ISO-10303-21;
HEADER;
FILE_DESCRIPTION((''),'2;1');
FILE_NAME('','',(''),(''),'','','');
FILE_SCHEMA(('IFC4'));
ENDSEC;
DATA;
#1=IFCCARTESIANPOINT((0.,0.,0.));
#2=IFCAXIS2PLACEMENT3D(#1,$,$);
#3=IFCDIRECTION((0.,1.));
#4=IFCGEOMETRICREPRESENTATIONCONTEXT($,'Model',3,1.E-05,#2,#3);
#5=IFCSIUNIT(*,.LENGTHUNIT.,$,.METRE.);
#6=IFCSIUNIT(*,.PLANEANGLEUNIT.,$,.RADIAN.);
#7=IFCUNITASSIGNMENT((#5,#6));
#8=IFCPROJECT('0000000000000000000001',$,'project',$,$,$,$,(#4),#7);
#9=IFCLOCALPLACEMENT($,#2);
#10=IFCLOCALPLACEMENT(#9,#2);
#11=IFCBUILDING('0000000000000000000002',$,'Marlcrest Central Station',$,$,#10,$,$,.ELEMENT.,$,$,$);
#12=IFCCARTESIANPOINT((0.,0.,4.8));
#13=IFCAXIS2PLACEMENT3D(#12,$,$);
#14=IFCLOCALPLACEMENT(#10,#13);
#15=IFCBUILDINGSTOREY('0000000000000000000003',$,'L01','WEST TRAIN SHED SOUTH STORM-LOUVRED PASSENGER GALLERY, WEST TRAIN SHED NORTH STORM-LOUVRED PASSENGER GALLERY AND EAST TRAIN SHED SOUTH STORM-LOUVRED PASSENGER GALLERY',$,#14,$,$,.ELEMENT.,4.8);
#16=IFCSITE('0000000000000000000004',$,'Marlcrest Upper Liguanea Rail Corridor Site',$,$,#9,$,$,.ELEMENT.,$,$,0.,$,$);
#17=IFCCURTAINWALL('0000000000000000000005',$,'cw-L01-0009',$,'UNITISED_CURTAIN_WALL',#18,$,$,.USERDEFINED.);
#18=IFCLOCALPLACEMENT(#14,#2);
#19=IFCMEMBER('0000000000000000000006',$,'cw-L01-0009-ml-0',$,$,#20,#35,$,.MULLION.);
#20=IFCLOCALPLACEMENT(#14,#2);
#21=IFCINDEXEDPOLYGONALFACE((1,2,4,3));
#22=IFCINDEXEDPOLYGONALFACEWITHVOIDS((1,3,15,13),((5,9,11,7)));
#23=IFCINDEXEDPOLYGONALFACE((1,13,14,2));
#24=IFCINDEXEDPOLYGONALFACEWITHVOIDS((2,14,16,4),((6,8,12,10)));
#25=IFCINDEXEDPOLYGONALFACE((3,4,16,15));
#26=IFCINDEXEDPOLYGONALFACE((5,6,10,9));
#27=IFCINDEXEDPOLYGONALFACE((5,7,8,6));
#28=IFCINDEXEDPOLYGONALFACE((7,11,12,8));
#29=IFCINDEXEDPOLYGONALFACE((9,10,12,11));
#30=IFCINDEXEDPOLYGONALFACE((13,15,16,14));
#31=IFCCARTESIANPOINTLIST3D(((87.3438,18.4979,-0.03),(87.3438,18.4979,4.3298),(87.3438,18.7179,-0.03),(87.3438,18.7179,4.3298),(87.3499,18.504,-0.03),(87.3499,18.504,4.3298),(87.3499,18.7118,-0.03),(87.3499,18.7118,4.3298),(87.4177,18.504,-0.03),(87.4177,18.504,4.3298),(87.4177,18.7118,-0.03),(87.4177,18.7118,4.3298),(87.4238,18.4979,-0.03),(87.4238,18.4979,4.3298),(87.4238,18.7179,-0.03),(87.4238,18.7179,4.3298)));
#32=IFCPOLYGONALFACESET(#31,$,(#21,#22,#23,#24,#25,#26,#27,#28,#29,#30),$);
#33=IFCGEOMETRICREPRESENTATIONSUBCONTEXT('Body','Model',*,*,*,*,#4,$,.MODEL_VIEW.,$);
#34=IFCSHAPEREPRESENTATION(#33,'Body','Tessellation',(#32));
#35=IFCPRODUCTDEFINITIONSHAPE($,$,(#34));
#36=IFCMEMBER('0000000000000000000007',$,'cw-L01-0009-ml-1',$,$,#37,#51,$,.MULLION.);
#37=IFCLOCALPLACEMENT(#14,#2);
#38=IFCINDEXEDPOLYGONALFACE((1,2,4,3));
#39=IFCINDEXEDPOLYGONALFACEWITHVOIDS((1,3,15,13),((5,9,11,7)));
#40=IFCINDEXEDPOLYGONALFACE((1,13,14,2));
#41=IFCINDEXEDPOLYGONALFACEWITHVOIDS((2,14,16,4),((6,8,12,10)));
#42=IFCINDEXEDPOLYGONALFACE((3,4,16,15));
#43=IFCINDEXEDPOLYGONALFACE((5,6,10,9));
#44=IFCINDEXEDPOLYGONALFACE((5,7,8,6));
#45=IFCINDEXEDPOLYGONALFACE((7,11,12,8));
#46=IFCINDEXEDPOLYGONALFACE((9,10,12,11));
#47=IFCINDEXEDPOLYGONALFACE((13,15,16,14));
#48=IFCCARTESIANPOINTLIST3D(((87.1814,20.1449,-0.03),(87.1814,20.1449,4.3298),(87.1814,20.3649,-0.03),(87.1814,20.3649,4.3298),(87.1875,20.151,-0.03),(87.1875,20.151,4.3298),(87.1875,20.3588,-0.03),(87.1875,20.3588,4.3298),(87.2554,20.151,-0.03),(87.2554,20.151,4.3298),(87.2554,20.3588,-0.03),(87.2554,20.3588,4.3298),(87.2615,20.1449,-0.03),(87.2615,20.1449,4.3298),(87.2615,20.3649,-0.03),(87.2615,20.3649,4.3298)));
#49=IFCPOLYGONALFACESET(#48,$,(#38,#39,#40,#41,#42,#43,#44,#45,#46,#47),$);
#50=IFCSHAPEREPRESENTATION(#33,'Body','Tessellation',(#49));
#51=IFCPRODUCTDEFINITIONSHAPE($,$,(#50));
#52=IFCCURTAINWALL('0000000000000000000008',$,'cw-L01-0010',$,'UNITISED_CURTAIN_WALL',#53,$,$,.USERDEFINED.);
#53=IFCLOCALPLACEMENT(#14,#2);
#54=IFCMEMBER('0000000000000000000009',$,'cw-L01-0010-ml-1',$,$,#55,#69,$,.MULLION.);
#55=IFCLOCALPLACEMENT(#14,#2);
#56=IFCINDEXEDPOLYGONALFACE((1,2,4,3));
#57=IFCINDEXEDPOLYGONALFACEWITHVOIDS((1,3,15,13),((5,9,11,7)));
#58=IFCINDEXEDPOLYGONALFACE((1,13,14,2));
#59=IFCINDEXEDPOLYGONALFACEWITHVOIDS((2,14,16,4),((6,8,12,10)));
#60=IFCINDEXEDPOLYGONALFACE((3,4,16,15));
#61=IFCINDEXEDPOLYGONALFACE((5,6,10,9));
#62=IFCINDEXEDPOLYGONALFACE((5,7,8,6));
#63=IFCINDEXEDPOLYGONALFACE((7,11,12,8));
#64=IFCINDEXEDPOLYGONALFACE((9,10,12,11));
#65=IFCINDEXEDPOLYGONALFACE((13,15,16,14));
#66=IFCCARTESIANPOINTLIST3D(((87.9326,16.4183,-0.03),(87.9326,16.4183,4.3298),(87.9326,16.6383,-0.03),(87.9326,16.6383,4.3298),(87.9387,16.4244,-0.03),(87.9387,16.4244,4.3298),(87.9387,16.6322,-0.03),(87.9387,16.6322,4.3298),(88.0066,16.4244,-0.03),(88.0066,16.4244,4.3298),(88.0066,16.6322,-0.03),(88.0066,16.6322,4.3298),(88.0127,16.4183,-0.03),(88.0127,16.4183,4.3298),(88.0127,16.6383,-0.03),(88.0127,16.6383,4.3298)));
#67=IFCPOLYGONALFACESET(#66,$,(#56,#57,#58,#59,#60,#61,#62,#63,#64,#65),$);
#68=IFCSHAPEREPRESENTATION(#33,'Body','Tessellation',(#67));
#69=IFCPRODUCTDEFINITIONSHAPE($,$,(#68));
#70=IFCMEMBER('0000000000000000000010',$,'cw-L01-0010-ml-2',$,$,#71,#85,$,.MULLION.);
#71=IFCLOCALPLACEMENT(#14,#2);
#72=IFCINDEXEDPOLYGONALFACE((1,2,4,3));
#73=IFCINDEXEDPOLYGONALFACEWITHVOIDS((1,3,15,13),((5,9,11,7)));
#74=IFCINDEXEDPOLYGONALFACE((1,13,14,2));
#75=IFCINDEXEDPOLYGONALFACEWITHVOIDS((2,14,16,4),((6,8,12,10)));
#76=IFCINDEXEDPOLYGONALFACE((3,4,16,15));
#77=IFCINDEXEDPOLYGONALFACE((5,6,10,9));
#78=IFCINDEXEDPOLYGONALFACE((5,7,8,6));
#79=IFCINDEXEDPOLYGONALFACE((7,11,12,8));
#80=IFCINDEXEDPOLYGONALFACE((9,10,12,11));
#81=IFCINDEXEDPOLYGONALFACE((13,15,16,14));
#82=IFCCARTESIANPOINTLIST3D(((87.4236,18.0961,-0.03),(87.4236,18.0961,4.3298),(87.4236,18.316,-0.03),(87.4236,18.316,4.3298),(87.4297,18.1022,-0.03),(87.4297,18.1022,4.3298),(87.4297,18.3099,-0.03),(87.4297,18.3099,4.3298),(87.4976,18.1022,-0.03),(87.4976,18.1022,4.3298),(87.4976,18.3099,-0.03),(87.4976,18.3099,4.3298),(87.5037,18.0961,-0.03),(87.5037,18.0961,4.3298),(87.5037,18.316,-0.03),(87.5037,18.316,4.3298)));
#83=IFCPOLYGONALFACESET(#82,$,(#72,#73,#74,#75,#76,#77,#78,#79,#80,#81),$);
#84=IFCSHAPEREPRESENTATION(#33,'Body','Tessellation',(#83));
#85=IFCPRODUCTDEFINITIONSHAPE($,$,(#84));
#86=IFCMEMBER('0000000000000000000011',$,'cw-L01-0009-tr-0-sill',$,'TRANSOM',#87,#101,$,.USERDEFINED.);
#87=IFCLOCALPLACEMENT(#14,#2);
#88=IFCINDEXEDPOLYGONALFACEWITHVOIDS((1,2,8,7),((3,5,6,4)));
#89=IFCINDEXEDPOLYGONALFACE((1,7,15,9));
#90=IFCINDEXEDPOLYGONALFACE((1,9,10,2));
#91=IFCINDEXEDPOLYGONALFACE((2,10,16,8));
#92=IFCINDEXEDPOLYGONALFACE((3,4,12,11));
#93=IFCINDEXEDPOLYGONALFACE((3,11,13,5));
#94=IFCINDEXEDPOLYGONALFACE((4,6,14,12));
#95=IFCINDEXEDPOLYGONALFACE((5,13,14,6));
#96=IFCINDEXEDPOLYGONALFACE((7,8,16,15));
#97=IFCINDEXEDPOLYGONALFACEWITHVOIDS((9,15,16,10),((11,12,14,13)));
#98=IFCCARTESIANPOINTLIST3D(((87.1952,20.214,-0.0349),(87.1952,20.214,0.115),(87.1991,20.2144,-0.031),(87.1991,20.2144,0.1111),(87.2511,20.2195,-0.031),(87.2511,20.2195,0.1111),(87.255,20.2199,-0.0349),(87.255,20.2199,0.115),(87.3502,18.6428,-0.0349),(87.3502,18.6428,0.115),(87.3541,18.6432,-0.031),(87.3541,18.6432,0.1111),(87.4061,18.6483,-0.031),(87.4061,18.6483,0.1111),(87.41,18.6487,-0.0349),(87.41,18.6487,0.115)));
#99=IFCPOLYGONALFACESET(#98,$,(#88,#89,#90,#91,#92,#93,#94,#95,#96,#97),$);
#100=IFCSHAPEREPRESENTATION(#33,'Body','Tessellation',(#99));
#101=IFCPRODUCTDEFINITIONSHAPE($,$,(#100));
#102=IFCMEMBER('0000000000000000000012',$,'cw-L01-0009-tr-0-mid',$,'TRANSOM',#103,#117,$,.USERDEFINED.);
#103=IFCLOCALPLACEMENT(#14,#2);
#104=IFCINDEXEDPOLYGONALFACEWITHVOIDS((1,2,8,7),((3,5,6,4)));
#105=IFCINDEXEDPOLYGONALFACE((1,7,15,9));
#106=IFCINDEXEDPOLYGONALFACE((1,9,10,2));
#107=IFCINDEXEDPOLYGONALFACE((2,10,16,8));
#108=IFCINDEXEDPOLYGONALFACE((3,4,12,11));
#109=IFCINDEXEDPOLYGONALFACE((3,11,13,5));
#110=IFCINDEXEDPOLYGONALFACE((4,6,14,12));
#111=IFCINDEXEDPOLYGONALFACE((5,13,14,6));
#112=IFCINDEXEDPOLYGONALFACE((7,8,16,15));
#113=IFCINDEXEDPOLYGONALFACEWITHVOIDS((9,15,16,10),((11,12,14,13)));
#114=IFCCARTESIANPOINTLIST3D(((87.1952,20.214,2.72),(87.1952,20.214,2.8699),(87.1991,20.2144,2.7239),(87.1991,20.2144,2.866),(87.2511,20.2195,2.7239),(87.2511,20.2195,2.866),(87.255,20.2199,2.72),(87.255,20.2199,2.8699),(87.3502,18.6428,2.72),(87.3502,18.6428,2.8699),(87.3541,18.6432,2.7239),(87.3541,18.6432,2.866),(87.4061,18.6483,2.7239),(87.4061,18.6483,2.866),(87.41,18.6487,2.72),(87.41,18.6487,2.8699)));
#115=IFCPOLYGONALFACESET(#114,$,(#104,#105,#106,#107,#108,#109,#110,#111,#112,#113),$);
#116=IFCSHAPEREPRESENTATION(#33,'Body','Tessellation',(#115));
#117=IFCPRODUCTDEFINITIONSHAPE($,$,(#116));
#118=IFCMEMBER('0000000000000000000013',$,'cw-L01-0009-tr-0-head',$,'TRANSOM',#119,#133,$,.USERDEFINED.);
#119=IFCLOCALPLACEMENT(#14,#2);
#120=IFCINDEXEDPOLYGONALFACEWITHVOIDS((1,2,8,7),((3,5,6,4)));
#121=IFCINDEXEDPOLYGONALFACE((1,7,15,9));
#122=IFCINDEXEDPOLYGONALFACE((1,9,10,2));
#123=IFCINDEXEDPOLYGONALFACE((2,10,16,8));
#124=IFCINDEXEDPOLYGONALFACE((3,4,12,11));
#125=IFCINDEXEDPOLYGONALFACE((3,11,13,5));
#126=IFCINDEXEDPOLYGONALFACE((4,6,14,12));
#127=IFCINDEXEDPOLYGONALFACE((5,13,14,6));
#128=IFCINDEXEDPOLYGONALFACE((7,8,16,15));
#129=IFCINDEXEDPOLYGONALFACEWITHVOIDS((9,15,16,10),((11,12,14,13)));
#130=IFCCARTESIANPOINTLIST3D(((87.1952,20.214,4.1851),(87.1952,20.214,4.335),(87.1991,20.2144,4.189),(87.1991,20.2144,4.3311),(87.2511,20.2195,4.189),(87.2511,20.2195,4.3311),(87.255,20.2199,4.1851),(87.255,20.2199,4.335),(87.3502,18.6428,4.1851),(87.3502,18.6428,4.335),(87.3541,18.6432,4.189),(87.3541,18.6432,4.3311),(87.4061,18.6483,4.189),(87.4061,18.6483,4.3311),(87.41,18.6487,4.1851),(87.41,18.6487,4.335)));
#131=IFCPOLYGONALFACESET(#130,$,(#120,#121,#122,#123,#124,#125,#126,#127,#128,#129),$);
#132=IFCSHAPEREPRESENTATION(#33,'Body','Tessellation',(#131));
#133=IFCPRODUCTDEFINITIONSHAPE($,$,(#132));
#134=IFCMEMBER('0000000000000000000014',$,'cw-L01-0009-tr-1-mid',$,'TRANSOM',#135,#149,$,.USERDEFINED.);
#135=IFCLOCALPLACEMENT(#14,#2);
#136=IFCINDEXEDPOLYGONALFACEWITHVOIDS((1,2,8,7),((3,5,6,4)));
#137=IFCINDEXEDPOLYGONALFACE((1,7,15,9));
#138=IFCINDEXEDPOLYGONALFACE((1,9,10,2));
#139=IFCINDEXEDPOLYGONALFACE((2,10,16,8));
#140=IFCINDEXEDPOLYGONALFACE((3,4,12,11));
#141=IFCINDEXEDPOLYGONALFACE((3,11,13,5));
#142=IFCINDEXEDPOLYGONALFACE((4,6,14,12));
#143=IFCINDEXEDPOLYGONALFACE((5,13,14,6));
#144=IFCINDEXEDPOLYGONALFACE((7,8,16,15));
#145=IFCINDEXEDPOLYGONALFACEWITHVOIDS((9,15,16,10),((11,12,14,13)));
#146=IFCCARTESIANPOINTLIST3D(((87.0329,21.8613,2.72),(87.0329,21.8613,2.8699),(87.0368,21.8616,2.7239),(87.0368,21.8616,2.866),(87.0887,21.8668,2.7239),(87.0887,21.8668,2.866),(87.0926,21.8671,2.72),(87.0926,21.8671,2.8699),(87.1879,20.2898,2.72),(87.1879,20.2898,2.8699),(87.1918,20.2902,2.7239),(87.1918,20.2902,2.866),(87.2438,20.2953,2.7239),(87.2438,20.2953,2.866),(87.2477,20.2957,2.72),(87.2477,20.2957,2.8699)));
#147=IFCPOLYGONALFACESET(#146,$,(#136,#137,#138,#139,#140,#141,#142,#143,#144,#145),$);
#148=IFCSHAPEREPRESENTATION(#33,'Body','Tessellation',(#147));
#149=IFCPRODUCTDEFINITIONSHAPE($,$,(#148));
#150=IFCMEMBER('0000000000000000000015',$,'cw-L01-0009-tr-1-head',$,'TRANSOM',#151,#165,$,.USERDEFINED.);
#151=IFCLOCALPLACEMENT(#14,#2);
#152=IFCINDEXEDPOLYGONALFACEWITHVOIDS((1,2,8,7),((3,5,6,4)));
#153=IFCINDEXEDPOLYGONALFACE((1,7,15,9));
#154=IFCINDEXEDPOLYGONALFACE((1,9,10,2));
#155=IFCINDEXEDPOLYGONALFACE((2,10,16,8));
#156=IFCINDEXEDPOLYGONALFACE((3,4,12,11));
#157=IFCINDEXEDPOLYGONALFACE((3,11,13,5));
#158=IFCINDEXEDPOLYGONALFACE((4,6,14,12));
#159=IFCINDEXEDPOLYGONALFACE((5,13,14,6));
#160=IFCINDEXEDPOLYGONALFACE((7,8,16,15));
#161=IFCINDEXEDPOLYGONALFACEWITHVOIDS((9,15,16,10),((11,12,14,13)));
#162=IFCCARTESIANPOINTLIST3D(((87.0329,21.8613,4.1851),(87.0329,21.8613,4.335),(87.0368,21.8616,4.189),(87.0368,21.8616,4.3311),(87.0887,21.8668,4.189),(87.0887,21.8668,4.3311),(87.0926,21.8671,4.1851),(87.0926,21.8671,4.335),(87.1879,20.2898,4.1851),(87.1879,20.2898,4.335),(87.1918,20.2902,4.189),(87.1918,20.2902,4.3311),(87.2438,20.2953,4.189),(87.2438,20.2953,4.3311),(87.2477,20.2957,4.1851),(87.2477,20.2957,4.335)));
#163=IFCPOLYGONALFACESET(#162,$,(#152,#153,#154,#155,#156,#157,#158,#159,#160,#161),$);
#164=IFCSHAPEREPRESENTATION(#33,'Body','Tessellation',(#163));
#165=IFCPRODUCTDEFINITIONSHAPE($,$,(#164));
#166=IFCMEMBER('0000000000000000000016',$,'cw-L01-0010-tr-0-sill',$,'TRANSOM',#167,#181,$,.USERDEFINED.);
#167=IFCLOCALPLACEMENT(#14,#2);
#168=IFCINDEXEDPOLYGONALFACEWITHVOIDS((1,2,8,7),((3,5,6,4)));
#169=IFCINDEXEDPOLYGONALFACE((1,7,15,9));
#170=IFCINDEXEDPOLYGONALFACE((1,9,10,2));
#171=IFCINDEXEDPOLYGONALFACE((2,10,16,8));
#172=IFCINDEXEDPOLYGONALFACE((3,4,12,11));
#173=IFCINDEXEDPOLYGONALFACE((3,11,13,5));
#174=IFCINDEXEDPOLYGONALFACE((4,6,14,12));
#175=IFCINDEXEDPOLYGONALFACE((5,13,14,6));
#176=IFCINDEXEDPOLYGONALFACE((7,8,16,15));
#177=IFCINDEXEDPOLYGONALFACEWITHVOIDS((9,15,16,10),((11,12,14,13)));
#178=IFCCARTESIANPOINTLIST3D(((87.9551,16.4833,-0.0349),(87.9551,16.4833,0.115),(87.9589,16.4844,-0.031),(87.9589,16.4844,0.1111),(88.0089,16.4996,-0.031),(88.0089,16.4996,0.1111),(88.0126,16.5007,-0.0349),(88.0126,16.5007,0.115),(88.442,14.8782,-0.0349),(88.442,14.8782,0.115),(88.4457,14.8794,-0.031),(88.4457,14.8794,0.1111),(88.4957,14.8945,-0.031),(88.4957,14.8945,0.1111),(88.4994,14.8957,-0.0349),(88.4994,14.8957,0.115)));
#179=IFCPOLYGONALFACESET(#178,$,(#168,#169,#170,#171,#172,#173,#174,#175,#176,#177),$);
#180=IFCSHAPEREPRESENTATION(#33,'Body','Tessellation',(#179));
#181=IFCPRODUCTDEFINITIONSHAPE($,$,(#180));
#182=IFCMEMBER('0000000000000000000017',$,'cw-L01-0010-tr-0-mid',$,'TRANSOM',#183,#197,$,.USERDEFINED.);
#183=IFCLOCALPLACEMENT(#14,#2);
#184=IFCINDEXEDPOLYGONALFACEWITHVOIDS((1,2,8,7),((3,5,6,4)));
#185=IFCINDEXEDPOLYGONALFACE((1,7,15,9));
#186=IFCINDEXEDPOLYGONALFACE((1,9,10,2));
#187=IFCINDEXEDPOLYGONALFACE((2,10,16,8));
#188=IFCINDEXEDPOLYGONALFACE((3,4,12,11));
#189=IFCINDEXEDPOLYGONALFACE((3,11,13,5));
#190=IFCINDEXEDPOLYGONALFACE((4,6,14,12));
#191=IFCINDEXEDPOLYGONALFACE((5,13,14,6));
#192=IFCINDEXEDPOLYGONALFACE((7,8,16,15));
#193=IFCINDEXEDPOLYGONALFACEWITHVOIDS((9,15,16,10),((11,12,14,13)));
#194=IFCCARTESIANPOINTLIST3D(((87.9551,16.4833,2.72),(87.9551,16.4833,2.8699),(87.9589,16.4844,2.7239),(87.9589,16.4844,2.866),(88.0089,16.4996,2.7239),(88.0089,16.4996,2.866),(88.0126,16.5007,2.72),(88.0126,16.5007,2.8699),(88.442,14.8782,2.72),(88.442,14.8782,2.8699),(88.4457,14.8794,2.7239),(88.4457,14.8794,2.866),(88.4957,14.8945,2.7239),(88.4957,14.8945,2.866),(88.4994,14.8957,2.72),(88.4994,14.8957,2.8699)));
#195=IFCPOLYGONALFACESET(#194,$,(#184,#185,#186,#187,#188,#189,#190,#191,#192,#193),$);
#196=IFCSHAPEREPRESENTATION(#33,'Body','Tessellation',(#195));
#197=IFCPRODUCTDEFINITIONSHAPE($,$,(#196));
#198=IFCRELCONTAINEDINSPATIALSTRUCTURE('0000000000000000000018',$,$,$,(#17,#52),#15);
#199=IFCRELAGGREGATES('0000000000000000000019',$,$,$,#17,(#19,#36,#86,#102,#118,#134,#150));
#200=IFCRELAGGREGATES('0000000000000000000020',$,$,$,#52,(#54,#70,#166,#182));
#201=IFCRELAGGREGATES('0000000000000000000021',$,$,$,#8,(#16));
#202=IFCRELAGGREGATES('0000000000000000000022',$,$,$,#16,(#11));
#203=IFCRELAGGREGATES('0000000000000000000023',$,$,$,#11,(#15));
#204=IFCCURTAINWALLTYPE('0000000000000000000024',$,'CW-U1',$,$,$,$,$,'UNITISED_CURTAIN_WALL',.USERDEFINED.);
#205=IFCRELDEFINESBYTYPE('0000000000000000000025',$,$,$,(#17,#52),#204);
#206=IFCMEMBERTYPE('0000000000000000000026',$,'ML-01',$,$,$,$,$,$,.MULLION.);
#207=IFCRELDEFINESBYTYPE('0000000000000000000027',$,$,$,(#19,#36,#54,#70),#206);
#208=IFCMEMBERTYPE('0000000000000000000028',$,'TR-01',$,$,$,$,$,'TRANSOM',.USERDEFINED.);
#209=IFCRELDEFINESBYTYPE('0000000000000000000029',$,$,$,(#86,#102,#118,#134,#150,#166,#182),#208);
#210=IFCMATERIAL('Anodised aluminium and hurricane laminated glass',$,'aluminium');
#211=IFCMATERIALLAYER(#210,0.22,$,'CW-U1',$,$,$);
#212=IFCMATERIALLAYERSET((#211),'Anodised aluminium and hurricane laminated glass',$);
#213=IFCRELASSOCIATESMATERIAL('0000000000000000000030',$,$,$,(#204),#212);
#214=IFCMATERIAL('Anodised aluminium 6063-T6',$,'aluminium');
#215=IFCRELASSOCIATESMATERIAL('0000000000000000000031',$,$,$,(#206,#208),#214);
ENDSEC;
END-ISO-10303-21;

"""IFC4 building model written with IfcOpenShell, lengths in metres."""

from ifc_helpers import new_model, si_unit, direction, frame, origin, origin_2d, place, context, subcontext, project, spatial, hollow_rectangle, extrude, material, layer, layer_set, material_profile, profile_set, type_object, element, aggregate, save


model = new_model("IFC4")

# Units and contexts
model_context = context("Model", 3, precision=1e-05, world=origin(), true_north=direction((0.0, 1.0)))
body_context = subcontext(model_context, "Body", "Model", "MODEL_VIEW")
ifc_project = project(units=[si_unit("LENGTHUNIT", "METRE"), si_unit("PLANEANGLEUNIT", "RADIAN")], contexts=[model_context])

# Site, building, storey
site_placement = place(None, origin())
site = spatial("IfcSite", under=ifc_project, at=site_placement, Name="Marlcrest Upper Liguanea Rail Corridor Site", CompositionType="ELEMENT", RefElevation=0.0)
building_placement = place(site_placement, origin())
building = spatial("IfcBuilding", under=site, at=building_placement, Name="Marlcrest Central Station", CompositionType="ELEMENT")
storey_placement = place(building_placement, frame((0.0, 0.0, 4.8)))
storey = spatial("IfcBuildingStorey", under=building, at=storey_placement, Name="L01", Description="WEST TRAIN SHED SOUTH STORM-LOUVRED PASSENGER GALLERY, WEST TRAIN SHED NORTH STORM-LOUVRED PASSENGER GALLERY AND EAST TRAIN SHED SOUTH STORM-LOUVRED PASSENGER GALLERY", CompositionType="ELEMENT", Elevation=4.8)

# Curtain walls, members
ifc_material_1 = material(Name="Anodised aluminium and hurricane laminated glass", Category="aluminium")
ifc_layer_1 = layer(ifc_material_1, 0.22, Name="CW-U1")
ifc_layer_set_1 = layer_set([ifc_layer_1], Name="Anodised aluminium and hurricane laminated glass")
curtain_wall_type = type_object("IfcCurtainWallType", Name="CW-U1", ElementType="UNITISED_CURTAIN_WALL", PredefinedType="USERDEFINED", material=ifc_layer_set_1)
curtain_wall_1_placement = place(storey_placement, origin())
curtain_wall_1 = element("IfcCurtainWall", 1, at=curtain_wall_1_placement, inside=storey, type_object=curtain_wall_type, Name="cw-L01-0009", ObjectType="UNITISED_CURTAIN_WALL", PredefinedType="USERDEFINED")
ifc_material_2 = material(Name="Anodised aluminium 6063-T6", Category="aluminium")
ifc_material_profile_1 = material_profile(ifc_material_2, hollow_rectangle(XDim=0.0801, YDim=0.22, WallThickness=0.0061, at=origin_2d()), Name="AA-RHS 220x80x6")
ifc_profile_set_1 = profile_set([ifc_material_profile_1], Name="Anodised aluminium 6063-T6")
member_type_1 = type_object("IfcMemberType", Name="ML-01", PredefinedType="MULLION", material=ifc_profile_set_1)
member_1_placement = place(storey_placement, frame((87.3838, 18.6079, -0.03), z_axis=(0.0, 0.0, 1.0), x_axis=(1.0, 0.0, 0.0)))
member_1 = element("IfcMember", 2, at=member_1_placement, type_object=member_type_1, Name="cw-L01-0009-ml-0", PredefinedType="MULLION", context=body_context, shape_type="SweptSolid", body=[
    extrude(hollow_rectangle(XDim=0.0801, YDim=0.22, WallThickness=0.0061, at=origin_2d()), origin(), (0.0, 0.0, 1.0), 4.3599),
])
member_2_placement = place(storey_placement, frame((87.2214, 20.2549, -0.03), z_axis=(0.0, 0.0, 1.0), x_axis=(1.0, 0.0, 0.0)))
member_2 = element("IfcMember", 3, at=member_2_placement, type_object=member_type_1, Name="cw-L01-0009-ml-1", PredefinedType="MULLION", context=body_context, shape_type="SweptSolid", body=[
    extrude(hollow_rectangle(XDim=0.0801, YDim=0.22, WallThickness=0.0061, at=origin_2d()), origin(), (0.0, 0.0, 1.0), 4.3599),
])
curtain_wall_2_placement = place(storey_placement, origin())
curtain_wall_2 = element("IfcCurtainWall", 4, at=curtain_wall_2_placement, inside=storey, type_object=curtain_wall_type, Name="cw-L01-0010", ObjectType="UNITISED_CURTAIN_WALL", PredefinedType="USERDEFINED")
member_3_placement = place(storey_placement, frame((87.9727, 16.5283, -0.03), z_axis=(0.0, 0.0, 1.0), x_axis=(1.0, 0.0, 0.0)))
member_3 = element("IfcMember", 5, at=member_3_placement, type_object=member_type_1, Name="cw-L01-0010-ml-1", PredefinedType="MULLION", context=body_context, shape_type="SweptSolid", body=[
    extrude(hollow_rectangle(XDim=0.0801, YDim=0.22, WallThickness=0.0061, at=origin_2d()), origin(), (0.0, 0.0, 1.0), 4.3599),
])
member_4_placement = place(storey_placement, frame((87.4636, 18.2061, -0.03), z_axis=(0.0, 0.0, 1.0), x_axis=(1.0, 0.0, 0.0)))
member_4 = element("IfcMember", 6, at=member_4_placement, type_object=member_type_1, Name="cw-L01-0010-ml-2", PredefinedType="MULLION", context=body_context, shape_type="SweptSolid", body=[
    extrude(hollow_rectangle(XDim=0.0801, YDim=0.22, WallThickness=0.0061, at=origin_2d()), origin(), (0.0, 0.0, 1.0), 4.3599),
])

# Members
ifc_material_profile_2 = material_profile(ifc_material_2, hollow_rectangle(XDim=0.0601, YDim=0.1499, WallThickness=0.0039, at=origin_2d()), Name="AA-RHS 150x60x4")
ifc_profile_set_2 = profile_set([ifc_material_profile_2], Name="Anodised aluminium 6063-T6")
member_type_2 = type_object("IfcMemberType", Name="TR-01", ElementType="TRANSOM", PredefinedType="USERDEFINED", material=ifc_profile_set_2)
member_5_placement = place(storey_placement, frame((87.3801, 18.6458, 0.04), z_axis=(-0.098187, 0.995168, 0.0), x_axis=(-0.995168, -0.098187, 0.0)))
member_5 = element("IfcMember", 7, at=member_5_placement, type_object=member_type_2, Name="cw-L01-0009-tr-0-sill", ObjectType="TRANSOM", PredefinedType="USERDEFINED", context=body_context, shape_type="SweptSolid", body=[
    extrude(hollow_rectangle(XDim=0.0601, YDim=0.1499, WallThickness=0.0039, at=origin_2d()), origin(), (0.0, 0.0, 1.0), 1.5789),
])
member_6_placement = place(storey_placement, frame((87.3801, 18.6458, 2.7949), z_axis=(-0.098187, 0.995168, 0.0), x_axis=(-0.995168, -0.098187, 0.0)))
member_6 = element("IfcMember", 8, at=member_6_placement, type_object=member_type_2, Name="cw-L01-0009-tr-0-mid", ObjectType="TRANSOM", PredefinedType="USERDEFINED", context=body_context, shape_type="SweptSolid", body=[
    extrude(hollow_rectangle(XDim=0.0601, YDim=0.1499, WallThickness=0.0039, at=origin_2d()), origin(), (0.0, 0.0, 1.0), 1.5789),
])
member_7_placement = place(storey_placement, frame((87.3801, 18.6458, 4.26), z_axis=(-0.098187, 0.995168, 0.0), x_axis=(-0.995168, -0.098187, 0.0)))
member_7 = element("IfcMember", 9, at=member_7_placement, type_object=member_type_2, Name="cw-L01-0009-tr-0-head", ObjectType="TRANSOM", PredefinedType="USERDEFINED", context=body_context, shape_type="SweptSolid", body=[
    extrude(hollow_rectangle(XDim=0.0601, YDim=0.1499, WallThickness=0.0039, at=origin_2d()), origin(), (0.0, 0.0, 1.0), 1.5789),
])
member_8_placement = place(storey_placement, frame((87.2178, 20.2927, 2.7949), z_axis=(-0.098172, 0.995169, 0.0), x_axis=(-0.995169, -0.098172, 0.0)))
member_8 = element("IfcMember", 10, at=member_8_placement, type_object=member_type_2, Name="cw-L01-0009-tr-1-mid", ObjectType="TRANSOM", PredefinedType="USERDEFINED", context=body_context, shape_type="SweptSolid", body=[
    extrude(hollow_rectangle(XDim=0.0601, YDim=0.1499, WallThickness=0.0039, at=origin_2d()), origin(), (0.0, 0.0, 1.0), 1.5791),
])
member_9_placement = place(storey_placement, frame((87.2178, 20.2927, 4.26), z_axis=(-0.098172, 0.995169, 0.0), x_axis=(-0.995169, -0.098172, 0.0)))
member_9 = element("IfcMember", 11, at=member_9_placement, type_object=member_type_2, Name="cw-L01-0009-tr-1-head", ObjectType="TRANSOM", PredefinedType="USERDEFINED", context=body_context, shape_type="SweptSolid", body=[
    extrude(hollow_rectangle(XDim=0.0601, YDim=0.1499, WallThickness=0.0039, at=origin_2d()), origin(), (0.0, 0.0, 1.0), 1.5791),
])
member_10_placement = place(storey_placement, frame((88.4707, 14.887, 0.04), z_axis=(-0.290258, 0.956948, 0.0), x_axis=(-0.956948, -0.290258, 0.0)))
member_10 = element("IfcMember", 12, at=member_10_placement, type_object=member_type_2, Name="cw-L01-0010-tr-0-sill", ObjectType="TRANSOM", PredefinedType="USERDEFINED", context=body_context, shape_type="SweptSolid", body=[
    extrude(hollow_rectangle(XDim=0.0601, YDim=0.1499, WallThickness=0.0039, at=origin_2d()), origin(), (0.0, 0.0, 1.0), 1.6772),
])
member_11_placement = place(storey_placement, frame((88.4707, 14.887, 2.7949), z_axis=(-0.290258, 0.956948, 0.0), x_axis=(-0.956948, -0.290258, 0.0)))
member_11 = element("IfcMember", 13, at=member_11_placement, type_object=member_type_2, Name="cw-L01-0010-tr-0-mid", ObjectType="TRANSOM", PredefinedType="USERDEFINED", context=body_context, shape_type="SweptSolid", body=[
    extrude(hollow_rectangle(XDim=0.0601, YDim=0.1499, WallThickness=0.0039, at=origin_2d()), origin(), (0.0, 0.0, 1.0), 1.6772),
])

aggregate(curtain_wall_1, [member_1, member_2, member_5, member_6, member_7, member_8, member_9])
aggregate(curtain_wall_2, [member_3, member_4, member_10, member_11])

save(model, "model.ifc")
